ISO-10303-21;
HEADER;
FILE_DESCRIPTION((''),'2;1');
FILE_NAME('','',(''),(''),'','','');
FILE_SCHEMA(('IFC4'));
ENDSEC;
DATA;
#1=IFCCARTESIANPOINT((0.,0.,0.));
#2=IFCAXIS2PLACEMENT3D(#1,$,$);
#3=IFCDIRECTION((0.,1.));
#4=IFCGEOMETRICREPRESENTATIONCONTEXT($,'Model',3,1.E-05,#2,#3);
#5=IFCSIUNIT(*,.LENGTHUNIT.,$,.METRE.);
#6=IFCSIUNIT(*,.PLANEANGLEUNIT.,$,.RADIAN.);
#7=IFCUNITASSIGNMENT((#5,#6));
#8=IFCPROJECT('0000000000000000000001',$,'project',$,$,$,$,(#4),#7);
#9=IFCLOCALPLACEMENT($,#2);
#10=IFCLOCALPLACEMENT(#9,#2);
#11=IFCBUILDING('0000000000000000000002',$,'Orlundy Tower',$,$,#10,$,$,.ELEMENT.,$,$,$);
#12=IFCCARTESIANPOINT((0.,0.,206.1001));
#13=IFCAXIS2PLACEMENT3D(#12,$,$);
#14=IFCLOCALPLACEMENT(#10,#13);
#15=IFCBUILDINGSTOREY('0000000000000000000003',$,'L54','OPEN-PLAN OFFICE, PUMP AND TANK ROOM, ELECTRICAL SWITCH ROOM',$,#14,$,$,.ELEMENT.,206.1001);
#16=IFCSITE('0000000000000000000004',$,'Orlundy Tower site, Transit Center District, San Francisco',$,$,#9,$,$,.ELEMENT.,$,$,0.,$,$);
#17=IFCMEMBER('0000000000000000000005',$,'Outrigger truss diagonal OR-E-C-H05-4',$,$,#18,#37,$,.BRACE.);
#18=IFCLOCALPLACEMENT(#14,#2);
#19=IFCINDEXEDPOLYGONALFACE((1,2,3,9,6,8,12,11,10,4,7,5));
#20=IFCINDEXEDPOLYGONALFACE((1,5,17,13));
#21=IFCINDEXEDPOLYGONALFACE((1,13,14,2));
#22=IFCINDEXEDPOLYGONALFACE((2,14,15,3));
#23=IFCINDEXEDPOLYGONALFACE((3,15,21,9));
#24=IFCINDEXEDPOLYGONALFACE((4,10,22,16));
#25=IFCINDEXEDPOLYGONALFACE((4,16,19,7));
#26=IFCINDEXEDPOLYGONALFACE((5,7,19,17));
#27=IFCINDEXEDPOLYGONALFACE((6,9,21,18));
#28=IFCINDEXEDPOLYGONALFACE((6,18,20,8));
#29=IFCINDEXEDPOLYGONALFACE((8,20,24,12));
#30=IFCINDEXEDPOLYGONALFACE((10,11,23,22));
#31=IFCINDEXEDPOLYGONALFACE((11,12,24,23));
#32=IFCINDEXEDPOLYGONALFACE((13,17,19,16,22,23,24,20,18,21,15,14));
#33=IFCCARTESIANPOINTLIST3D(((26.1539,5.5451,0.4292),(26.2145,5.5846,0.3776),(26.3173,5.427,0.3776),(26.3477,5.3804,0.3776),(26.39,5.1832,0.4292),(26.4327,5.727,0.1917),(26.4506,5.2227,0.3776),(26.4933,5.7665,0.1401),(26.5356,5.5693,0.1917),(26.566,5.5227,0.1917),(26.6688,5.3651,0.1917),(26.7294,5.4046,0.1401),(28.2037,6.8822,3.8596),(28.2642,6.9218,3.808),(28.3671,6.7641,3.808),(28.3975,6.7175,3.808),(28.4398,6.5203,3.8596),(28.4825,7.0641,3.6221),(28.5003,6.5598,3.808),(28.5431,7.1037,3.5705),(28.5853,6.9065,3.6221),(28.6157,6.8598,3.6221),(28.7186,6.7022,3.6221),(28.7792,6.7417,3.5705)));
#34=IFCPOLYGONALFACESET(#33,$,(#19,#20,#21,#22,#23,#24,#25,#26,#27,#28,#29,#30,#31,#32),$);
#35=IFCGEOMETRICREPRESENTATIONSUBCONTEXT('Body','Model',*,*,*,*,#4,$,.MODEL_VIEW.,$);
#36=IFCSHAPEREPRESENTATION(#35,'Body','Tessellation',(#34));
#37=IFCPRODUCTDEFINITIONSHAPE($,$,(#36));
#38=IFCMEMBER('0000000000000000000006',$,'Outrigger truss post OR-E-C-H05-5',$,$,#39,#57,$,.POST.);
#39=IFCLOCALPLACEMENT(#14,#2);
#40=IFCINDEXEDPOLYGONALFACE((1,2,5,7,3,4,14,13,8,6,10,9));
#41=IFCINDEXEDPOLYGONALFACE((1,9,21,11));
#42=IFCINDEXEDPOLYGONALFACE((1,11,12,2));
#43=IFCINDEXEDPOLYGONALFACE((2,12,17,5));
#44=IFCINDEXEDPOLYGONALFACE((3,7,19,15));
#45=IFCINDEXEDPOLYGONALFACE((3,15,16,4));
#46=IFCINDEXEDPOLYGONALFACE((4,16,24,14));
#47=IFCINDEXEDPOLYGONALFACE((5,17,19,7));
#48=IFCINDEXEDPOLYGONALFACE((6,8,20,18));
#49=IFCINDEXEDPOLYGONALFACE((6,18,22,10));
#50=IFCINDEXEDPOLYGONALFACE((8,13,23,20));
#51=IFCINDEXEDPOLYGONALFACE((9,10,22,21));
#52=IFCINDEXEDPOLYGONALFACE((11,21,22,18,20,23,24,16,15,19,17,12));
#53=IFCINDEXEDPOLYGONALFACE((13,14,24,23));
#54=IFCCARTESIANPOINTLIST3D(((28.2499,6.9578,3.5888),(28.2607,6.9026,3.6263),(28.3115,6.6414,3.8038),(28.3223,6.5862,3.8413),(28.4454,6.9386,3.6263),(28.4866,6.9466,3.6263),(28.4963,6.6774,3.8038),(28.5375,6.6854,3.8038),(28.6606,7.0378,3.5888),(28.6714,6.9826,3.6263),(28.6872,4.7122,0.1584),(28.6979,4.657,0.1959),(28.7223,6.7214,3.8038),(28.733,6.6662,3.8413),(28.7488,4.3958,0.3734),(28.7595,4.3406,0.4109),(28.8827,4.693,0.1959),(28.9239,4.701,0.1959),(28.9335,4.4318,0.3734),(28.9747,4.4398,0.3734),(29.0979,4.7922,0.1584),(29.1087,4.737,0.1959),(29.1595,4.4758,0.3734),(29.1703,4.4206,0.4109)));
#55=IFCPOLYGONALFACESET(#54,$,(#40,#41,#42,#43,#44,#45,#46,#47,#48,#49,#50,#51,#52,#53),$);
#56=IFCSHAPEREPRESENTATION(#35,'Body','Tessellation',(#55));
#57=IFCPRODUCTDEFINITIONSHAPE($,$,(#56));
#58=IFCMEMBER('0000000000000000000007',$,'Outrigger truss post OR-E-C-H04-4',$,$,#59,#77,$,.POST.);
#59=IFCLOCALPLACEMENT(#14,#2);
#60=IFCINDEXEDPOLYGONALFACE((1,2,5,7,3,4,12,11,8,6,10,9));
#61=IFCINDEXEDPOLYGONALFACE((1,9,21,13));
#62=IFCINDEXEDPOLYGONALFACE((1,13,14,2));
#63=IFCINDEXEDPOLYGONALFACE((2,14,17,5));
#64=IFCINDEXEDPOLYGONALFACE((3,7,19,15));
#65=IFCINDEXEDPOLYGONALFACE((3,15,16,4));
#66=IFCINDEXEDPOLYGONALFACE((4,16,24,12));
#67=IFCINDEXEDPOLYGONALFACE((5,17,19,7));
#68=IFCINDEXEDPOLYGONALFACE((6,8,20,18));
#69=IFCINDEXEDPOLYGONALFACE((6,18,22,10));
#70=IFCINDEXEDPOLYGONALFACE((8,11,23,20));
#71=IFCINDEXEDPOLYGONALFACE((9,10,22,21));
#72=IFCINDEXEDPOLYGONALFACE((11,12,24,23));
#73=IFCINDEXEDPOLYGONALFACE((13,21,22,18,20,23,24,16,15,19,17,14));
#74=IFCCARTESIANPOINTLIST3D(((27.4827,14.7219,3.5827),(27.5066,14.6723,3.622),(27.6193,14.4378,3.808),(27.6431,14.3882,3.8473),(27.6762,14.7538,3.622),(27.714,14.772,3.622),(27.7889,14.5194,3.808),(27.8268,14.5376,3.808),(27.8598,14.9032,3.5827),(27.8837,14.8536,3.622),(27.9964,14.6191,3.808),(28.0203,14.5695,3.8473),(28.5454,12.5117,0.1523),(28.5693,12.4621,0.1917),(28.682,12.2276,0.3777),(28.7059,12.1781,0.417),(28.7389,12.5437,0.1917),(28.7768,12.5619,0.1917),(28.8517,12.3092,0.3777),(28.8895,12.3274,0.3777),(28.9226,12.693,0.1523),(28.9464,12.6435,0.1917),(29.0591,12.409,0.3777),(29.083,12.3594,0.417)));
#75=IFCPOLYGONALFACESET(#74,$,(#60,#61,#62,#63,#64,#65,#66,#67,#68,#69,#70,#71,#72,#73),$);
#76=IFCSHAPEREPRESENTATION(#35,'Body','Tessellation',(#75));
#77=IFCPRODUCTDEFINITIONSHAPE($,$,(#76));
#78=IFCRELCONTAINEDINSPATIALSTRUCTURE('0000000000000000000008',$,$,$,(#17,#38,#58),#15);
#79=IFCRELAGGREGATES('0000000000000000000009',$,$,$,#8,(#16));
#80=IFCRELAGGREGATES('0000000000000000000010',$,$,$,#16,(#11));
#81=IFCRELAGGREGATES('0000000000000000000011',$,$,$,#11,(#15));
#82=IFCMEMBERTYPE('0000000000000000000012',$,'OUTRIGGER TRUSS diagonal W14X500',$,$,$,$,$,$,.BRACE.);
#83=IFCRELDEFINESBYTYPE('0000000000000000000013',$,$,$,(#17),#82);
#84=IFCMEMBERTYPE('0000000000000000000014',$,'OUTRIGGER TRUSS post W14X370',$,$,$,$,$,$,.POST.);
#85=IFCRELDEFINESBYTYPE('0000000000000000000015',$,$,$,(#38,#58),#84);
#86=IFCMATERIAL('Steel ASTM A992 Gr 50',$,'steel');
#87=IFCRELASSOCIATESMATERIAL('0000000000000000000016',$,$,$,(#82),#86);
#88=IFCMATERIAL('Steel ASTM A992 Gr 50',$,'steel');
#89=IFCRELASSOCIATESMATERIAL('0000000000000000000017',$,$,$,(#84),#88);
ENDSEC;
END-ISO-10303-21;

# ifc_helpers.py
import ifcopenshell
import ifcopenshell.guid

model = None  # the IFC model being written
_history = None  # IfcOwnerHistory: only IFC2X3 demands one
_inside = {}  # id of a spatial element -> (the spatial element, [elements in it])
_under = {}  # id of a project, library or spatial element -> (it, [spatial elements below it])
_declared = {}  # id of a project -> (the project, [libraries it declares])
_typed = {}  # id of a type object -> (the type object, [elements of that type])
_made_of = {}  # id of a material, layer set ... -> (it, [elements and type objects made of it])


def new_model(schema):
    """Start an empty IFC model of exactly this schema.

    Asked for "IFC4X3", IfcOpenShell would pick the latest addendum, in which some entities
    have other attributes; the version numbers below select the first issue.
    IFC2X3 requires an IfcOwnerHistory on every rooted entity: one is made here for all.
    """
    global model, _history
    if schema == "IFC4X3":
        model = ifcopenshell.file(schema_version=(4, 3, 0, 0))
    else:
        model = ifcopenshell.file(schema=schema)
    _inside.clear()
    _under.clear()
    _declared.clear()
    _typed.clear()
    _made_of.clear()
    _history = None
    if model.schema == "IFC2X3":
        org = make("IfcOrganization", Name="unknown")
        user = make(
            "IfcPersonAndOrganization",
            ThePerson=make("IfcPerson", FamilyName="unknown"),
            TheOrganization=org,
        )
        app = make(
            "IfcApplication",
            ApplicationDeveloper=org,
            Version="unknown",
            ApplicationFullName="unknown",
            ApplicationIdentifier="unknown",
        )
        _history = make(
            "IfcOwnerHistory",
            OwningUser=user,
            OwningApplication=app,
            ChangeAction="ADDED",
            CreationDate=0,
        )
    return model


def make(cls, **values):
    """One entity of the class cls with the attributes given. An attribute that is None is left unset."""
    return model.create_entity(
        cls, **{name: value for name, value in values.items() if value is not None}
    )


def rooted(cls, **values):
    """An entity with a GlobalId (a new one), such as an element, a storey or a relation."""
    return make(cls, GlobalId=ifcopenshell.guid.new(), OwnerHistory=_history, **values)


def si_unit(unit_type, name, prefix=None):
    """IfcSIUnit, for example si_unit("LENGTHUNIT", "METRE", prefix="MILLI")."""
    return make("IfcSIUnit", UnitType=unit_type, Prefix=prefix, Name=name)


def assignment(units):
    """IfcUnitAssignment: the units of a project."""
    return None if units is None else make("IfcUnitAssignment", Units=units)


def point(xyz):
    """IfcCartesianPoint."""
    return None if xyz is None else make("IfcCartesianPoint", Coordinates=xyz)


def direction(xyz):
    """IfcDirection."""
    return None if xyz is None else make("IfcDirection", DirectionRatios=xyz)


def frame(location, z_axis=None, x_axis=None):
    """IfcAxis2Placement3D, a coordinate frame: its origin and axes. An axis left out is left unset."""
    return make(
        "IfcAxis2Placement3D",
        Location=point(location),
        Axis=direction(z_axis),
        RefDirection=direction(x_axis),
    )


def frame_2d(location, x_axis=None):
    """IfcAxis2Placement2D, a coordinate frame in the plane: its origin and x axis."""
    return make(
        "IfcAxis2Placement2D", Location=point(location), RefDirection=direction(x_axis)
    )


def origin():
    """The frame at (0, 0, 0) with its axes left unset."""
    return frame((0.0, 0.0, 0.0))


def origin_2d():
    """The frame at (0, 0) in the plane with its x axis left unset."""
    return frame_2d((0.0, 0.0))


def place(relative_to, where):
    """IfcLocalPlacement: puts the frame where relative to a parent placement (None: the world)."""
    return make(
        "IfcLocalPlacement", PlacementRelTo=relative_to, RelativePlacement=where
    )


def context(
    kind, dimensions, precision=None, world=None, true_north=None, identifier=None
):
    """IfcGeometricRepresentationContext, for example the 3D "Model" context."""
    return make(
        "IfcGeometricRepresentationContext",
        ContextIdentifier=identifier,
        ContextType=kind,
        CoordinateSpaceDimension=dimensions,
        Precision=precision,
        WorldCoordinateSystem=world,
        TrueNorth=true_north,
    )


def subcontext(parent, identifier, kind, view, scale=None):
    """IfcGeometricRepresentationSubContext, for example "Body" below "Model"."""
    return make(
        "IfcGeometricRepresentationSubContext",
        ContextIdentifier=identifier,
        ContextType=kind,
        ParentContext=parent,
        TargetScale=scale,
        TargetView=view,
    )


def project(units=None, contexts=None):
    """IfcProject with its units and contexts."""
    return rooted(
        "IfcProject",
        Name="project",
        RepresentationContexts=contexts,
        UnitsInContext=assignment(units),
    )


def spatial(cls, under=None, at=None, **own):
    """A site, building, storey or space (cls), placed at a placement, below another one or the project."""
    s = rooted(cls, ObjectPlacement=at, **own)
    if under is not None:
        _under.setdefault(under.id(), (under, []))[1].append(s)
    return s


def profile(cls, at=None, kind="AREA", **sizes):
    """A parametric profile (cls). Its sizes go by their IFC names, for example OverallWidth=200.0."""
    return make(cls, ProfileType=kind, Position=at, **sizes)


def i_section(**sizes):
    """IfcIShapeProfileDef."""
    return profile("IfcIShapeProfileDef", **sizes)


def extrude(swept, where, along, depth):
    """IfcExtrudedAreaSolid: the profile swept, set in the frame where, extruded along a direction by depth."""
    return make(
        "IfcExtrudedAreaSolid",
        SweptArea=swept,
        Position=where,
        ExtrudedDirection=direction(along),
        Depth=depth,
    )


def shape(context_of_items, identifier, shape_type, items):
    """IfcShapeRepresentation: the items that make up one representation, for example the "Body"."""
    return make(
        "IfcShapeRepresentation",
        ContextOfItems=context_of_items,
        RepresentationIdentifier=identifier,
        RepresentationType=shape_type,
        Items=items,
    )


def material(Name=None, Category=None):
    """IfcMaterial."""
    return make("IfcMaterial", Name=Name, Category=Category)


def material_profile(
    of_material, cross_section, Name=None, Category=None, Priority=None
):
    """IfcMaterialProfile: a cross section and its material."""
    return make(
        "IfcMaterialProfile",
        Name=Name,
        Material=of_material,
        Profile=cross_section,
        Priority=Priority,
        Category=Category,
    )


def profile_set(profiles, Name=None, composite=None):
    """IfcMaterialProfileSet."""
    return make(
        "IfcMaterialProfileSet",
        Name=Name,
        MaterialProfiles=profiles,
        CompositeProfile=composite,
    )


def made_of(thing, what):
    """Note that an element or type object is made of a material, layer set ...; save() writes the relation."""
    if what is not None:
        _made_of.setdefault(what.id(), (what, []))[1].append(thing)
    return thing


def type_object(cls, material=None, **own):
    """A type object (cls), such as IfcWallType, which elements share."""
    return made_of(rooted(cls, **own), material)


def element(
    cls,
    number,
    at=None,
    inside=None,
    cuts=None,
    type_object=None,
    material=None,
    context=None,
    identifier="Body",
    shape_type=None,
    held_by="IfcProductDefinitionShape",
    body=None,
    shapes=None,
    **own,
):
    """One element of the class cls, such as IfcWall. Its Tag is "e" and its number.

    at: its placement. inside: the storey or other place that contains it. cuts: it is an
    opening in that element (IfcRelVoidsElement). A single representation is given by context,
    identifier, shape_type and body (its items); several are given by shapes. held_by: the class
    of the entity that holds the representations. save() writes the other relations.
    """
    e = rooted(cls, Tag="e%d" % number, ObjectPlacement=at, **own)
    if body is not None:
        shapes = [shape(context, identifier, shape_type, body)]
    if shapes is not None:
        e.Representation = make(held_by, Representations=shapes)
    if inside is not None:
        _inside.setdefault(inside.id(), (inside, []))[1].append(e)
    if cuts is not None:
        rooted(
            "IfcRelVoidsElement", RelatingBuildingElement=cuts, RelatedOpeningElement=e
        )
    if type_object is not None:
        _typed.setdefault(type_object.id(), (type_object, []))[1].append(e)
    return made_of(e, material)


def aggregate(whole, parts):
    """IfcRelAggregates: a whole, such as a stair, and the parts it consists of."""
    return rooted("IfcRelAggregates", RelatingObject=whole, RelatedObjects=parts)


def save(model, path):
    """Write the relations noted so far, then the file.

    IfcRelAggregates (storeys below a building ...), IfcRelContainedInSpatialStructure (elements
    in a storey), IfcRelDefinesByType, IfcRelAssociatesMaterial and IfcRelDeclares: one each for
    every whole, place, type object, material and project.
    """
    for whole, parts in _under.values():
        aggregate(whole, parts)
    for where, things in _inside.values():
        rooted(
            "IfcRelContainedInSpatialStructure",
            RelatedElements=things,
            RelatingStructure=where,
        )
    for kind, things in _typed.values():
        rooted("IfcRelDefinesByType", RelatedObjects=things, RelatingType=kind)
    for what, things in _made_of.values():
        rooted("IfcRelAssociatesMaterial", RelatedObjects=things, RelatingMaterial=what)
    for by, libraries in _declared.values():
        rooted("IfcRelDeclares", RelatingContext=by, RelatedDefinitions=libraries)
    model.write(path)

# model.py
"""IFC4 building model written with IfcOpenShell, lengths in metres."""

from ifc_helpers import new_model, si_unit, direction, frame, origin, origin_2d, place, context, subcontext, project, spatial, i_section, extrude, material, material_profile, profile_set, type_object, element, save


model = new_model("IFC4")

# Units and contexts
model_context = context("Model", 3, precision=1e-05, world=origin(), true_north=direction((0.0, 1.0)))
body_context = subcontext(model_context, "Body", "Model", "MODEL_VIEW")
ifc_project = project(units=[si_unit("LENGTHUNIT", "METRE"), si_unit("PLANEANGLEUNIT", "RADIAN")], contexts=[model_context])

# Site, building, storey
site_placement = place(None, origin())
site = spatial("IfcSite", under=ifc_project, at=site_placement, Name="Orlundy Tower site, Transit Center District, San Francisco", CompositionType="ELEMENT", RefElevation=0.0)
building_placement = place(site_placement, origin())
building = spatial("IfcBuilding", under=site, at=building_placement, Name="Orlundy Tower", CompositionType="ELEMENT")
storey_placement = place(building_placement, frame((0.0, 0.0, 206.1001)))
storey = spatial("IfcBuildingStorey", under=building, at=storey_placement, Name="L54", Description="OPEN-PLAN OFFICE, PUMP AND TANK ROOM, ELECTRICAL SWITCH ROOM", CompositionType="ELEMENT", Elevation=206.1001)

# Members
ifc_material_1 = material(Name="Steel ASTM A992 Gr 50", Category="steel")
ifc_material_profile_1 = material_profile(ifc_material_1, i_section(OverallWidth=0.4321, OverallDepth=0.4978, WebThickness=0.0557, FlangeThickness=0.0889, at=origin_2d()), Name="W14X500")
ifc_profile_set_1 = profile_set([ifc_material_profile_1], Name="Steel ASTM A992 Gr 50")
member_type_1 = type_object("IfcMemberType", Name="OUTRIGGER TRUSS diagonal W14X500", PredefinedType="BRACE", material=ifc_profile_set_1)
member_1_placement = place(storey_placement, frame((26.4417, 5.4749, 0.2847), z_axis=(0.486432, 0.317316, 0.814061), x_axis=(-0.546362, 0.837549, 0.0)))
element("IfcMember", 1, at=member_1_placement, inside=storey, type_object=member_type_1, Name="Outrigger truss diagonal OR-E-C-H05-4", PredefinedType="BRACE", context=body_context, shape_type="SweptSolid", body=[
    extrude(i_section(OverallWidth=0.4321, OverallDepth=0.4978, WebThickness=0.0557, FlangeThickness=0.0889, at=origin_2d()), origin(), (0.0, 0.0, 1.0), 4.2139),
])
ifc_material_2 = material(Name="Steel ASTM A992 Gr 50", Category="steel")
ifc_material_profile_2 = material_profile(ifc_material_2, i_section(OverallWidth=0.4185, OverallDepth=0.4551, WebThickness=0.042, FlangeThickness=0.0676, at=origin_2d()), Name="W14X370")
ifc_profile_set_2 = profile_set([ifc_material_profile_2], Name="Steel ASTM A992 Gr 50")
member_type_2 = type_object("IfcMemberType", Name="OUTRIGGER TRUSS post W14X370", PredefinedType="POST", material=ifc_profile_set_2)
member_2_placement = place(storey_placement, frame((28.9287, 4.5664, 0.2847), z_axis=(-0.106045, 0.544612, 0.831957), x_axis=(-0.981565, -0.191127, 0.0)))
element("IfcMember", 2, at=member_2_placement, inside=storey, type_object=member_type_2, Name="Outrigger truss post OR-E-C-H05-5", PredefinedType="POST", context=body_context, shape_type="SweptSolid", body=[
    extrude(i_section(OverallWidth=0.4185, OverallDepth=0.4551, WebThickness=0.042, FlangeThickness=0.0676, at=origin_2d()), origin(), (0.0, 0.0, 1.0), 4.1233),
])
member_3_placement = place(storey_placement, frame((28.8142, 12.4355, 0.2847), z_axis=(-0.25202, 0.524131, 0.813494), x_axis=(-0.901229, -0.433343, 0.0)))
element("IfcMember", 3, at=member_3_placement, inside=storey, type_object=member_type_2, Name="Outrigger truss post OR-E-C-H04-4", PredefinedType="POST", context=body_context, shape_type="SweptSolid", body=[
    extrude(i_section(OverallWidth=0.4185, OverallDepth=0.4551, WebThickness=0.042, FlangeThickness=0.0676, at=origin_2d()), origin(), (0.0, 0.0, 1.0), 4.2168),
])

save(model, "model.ifc")
